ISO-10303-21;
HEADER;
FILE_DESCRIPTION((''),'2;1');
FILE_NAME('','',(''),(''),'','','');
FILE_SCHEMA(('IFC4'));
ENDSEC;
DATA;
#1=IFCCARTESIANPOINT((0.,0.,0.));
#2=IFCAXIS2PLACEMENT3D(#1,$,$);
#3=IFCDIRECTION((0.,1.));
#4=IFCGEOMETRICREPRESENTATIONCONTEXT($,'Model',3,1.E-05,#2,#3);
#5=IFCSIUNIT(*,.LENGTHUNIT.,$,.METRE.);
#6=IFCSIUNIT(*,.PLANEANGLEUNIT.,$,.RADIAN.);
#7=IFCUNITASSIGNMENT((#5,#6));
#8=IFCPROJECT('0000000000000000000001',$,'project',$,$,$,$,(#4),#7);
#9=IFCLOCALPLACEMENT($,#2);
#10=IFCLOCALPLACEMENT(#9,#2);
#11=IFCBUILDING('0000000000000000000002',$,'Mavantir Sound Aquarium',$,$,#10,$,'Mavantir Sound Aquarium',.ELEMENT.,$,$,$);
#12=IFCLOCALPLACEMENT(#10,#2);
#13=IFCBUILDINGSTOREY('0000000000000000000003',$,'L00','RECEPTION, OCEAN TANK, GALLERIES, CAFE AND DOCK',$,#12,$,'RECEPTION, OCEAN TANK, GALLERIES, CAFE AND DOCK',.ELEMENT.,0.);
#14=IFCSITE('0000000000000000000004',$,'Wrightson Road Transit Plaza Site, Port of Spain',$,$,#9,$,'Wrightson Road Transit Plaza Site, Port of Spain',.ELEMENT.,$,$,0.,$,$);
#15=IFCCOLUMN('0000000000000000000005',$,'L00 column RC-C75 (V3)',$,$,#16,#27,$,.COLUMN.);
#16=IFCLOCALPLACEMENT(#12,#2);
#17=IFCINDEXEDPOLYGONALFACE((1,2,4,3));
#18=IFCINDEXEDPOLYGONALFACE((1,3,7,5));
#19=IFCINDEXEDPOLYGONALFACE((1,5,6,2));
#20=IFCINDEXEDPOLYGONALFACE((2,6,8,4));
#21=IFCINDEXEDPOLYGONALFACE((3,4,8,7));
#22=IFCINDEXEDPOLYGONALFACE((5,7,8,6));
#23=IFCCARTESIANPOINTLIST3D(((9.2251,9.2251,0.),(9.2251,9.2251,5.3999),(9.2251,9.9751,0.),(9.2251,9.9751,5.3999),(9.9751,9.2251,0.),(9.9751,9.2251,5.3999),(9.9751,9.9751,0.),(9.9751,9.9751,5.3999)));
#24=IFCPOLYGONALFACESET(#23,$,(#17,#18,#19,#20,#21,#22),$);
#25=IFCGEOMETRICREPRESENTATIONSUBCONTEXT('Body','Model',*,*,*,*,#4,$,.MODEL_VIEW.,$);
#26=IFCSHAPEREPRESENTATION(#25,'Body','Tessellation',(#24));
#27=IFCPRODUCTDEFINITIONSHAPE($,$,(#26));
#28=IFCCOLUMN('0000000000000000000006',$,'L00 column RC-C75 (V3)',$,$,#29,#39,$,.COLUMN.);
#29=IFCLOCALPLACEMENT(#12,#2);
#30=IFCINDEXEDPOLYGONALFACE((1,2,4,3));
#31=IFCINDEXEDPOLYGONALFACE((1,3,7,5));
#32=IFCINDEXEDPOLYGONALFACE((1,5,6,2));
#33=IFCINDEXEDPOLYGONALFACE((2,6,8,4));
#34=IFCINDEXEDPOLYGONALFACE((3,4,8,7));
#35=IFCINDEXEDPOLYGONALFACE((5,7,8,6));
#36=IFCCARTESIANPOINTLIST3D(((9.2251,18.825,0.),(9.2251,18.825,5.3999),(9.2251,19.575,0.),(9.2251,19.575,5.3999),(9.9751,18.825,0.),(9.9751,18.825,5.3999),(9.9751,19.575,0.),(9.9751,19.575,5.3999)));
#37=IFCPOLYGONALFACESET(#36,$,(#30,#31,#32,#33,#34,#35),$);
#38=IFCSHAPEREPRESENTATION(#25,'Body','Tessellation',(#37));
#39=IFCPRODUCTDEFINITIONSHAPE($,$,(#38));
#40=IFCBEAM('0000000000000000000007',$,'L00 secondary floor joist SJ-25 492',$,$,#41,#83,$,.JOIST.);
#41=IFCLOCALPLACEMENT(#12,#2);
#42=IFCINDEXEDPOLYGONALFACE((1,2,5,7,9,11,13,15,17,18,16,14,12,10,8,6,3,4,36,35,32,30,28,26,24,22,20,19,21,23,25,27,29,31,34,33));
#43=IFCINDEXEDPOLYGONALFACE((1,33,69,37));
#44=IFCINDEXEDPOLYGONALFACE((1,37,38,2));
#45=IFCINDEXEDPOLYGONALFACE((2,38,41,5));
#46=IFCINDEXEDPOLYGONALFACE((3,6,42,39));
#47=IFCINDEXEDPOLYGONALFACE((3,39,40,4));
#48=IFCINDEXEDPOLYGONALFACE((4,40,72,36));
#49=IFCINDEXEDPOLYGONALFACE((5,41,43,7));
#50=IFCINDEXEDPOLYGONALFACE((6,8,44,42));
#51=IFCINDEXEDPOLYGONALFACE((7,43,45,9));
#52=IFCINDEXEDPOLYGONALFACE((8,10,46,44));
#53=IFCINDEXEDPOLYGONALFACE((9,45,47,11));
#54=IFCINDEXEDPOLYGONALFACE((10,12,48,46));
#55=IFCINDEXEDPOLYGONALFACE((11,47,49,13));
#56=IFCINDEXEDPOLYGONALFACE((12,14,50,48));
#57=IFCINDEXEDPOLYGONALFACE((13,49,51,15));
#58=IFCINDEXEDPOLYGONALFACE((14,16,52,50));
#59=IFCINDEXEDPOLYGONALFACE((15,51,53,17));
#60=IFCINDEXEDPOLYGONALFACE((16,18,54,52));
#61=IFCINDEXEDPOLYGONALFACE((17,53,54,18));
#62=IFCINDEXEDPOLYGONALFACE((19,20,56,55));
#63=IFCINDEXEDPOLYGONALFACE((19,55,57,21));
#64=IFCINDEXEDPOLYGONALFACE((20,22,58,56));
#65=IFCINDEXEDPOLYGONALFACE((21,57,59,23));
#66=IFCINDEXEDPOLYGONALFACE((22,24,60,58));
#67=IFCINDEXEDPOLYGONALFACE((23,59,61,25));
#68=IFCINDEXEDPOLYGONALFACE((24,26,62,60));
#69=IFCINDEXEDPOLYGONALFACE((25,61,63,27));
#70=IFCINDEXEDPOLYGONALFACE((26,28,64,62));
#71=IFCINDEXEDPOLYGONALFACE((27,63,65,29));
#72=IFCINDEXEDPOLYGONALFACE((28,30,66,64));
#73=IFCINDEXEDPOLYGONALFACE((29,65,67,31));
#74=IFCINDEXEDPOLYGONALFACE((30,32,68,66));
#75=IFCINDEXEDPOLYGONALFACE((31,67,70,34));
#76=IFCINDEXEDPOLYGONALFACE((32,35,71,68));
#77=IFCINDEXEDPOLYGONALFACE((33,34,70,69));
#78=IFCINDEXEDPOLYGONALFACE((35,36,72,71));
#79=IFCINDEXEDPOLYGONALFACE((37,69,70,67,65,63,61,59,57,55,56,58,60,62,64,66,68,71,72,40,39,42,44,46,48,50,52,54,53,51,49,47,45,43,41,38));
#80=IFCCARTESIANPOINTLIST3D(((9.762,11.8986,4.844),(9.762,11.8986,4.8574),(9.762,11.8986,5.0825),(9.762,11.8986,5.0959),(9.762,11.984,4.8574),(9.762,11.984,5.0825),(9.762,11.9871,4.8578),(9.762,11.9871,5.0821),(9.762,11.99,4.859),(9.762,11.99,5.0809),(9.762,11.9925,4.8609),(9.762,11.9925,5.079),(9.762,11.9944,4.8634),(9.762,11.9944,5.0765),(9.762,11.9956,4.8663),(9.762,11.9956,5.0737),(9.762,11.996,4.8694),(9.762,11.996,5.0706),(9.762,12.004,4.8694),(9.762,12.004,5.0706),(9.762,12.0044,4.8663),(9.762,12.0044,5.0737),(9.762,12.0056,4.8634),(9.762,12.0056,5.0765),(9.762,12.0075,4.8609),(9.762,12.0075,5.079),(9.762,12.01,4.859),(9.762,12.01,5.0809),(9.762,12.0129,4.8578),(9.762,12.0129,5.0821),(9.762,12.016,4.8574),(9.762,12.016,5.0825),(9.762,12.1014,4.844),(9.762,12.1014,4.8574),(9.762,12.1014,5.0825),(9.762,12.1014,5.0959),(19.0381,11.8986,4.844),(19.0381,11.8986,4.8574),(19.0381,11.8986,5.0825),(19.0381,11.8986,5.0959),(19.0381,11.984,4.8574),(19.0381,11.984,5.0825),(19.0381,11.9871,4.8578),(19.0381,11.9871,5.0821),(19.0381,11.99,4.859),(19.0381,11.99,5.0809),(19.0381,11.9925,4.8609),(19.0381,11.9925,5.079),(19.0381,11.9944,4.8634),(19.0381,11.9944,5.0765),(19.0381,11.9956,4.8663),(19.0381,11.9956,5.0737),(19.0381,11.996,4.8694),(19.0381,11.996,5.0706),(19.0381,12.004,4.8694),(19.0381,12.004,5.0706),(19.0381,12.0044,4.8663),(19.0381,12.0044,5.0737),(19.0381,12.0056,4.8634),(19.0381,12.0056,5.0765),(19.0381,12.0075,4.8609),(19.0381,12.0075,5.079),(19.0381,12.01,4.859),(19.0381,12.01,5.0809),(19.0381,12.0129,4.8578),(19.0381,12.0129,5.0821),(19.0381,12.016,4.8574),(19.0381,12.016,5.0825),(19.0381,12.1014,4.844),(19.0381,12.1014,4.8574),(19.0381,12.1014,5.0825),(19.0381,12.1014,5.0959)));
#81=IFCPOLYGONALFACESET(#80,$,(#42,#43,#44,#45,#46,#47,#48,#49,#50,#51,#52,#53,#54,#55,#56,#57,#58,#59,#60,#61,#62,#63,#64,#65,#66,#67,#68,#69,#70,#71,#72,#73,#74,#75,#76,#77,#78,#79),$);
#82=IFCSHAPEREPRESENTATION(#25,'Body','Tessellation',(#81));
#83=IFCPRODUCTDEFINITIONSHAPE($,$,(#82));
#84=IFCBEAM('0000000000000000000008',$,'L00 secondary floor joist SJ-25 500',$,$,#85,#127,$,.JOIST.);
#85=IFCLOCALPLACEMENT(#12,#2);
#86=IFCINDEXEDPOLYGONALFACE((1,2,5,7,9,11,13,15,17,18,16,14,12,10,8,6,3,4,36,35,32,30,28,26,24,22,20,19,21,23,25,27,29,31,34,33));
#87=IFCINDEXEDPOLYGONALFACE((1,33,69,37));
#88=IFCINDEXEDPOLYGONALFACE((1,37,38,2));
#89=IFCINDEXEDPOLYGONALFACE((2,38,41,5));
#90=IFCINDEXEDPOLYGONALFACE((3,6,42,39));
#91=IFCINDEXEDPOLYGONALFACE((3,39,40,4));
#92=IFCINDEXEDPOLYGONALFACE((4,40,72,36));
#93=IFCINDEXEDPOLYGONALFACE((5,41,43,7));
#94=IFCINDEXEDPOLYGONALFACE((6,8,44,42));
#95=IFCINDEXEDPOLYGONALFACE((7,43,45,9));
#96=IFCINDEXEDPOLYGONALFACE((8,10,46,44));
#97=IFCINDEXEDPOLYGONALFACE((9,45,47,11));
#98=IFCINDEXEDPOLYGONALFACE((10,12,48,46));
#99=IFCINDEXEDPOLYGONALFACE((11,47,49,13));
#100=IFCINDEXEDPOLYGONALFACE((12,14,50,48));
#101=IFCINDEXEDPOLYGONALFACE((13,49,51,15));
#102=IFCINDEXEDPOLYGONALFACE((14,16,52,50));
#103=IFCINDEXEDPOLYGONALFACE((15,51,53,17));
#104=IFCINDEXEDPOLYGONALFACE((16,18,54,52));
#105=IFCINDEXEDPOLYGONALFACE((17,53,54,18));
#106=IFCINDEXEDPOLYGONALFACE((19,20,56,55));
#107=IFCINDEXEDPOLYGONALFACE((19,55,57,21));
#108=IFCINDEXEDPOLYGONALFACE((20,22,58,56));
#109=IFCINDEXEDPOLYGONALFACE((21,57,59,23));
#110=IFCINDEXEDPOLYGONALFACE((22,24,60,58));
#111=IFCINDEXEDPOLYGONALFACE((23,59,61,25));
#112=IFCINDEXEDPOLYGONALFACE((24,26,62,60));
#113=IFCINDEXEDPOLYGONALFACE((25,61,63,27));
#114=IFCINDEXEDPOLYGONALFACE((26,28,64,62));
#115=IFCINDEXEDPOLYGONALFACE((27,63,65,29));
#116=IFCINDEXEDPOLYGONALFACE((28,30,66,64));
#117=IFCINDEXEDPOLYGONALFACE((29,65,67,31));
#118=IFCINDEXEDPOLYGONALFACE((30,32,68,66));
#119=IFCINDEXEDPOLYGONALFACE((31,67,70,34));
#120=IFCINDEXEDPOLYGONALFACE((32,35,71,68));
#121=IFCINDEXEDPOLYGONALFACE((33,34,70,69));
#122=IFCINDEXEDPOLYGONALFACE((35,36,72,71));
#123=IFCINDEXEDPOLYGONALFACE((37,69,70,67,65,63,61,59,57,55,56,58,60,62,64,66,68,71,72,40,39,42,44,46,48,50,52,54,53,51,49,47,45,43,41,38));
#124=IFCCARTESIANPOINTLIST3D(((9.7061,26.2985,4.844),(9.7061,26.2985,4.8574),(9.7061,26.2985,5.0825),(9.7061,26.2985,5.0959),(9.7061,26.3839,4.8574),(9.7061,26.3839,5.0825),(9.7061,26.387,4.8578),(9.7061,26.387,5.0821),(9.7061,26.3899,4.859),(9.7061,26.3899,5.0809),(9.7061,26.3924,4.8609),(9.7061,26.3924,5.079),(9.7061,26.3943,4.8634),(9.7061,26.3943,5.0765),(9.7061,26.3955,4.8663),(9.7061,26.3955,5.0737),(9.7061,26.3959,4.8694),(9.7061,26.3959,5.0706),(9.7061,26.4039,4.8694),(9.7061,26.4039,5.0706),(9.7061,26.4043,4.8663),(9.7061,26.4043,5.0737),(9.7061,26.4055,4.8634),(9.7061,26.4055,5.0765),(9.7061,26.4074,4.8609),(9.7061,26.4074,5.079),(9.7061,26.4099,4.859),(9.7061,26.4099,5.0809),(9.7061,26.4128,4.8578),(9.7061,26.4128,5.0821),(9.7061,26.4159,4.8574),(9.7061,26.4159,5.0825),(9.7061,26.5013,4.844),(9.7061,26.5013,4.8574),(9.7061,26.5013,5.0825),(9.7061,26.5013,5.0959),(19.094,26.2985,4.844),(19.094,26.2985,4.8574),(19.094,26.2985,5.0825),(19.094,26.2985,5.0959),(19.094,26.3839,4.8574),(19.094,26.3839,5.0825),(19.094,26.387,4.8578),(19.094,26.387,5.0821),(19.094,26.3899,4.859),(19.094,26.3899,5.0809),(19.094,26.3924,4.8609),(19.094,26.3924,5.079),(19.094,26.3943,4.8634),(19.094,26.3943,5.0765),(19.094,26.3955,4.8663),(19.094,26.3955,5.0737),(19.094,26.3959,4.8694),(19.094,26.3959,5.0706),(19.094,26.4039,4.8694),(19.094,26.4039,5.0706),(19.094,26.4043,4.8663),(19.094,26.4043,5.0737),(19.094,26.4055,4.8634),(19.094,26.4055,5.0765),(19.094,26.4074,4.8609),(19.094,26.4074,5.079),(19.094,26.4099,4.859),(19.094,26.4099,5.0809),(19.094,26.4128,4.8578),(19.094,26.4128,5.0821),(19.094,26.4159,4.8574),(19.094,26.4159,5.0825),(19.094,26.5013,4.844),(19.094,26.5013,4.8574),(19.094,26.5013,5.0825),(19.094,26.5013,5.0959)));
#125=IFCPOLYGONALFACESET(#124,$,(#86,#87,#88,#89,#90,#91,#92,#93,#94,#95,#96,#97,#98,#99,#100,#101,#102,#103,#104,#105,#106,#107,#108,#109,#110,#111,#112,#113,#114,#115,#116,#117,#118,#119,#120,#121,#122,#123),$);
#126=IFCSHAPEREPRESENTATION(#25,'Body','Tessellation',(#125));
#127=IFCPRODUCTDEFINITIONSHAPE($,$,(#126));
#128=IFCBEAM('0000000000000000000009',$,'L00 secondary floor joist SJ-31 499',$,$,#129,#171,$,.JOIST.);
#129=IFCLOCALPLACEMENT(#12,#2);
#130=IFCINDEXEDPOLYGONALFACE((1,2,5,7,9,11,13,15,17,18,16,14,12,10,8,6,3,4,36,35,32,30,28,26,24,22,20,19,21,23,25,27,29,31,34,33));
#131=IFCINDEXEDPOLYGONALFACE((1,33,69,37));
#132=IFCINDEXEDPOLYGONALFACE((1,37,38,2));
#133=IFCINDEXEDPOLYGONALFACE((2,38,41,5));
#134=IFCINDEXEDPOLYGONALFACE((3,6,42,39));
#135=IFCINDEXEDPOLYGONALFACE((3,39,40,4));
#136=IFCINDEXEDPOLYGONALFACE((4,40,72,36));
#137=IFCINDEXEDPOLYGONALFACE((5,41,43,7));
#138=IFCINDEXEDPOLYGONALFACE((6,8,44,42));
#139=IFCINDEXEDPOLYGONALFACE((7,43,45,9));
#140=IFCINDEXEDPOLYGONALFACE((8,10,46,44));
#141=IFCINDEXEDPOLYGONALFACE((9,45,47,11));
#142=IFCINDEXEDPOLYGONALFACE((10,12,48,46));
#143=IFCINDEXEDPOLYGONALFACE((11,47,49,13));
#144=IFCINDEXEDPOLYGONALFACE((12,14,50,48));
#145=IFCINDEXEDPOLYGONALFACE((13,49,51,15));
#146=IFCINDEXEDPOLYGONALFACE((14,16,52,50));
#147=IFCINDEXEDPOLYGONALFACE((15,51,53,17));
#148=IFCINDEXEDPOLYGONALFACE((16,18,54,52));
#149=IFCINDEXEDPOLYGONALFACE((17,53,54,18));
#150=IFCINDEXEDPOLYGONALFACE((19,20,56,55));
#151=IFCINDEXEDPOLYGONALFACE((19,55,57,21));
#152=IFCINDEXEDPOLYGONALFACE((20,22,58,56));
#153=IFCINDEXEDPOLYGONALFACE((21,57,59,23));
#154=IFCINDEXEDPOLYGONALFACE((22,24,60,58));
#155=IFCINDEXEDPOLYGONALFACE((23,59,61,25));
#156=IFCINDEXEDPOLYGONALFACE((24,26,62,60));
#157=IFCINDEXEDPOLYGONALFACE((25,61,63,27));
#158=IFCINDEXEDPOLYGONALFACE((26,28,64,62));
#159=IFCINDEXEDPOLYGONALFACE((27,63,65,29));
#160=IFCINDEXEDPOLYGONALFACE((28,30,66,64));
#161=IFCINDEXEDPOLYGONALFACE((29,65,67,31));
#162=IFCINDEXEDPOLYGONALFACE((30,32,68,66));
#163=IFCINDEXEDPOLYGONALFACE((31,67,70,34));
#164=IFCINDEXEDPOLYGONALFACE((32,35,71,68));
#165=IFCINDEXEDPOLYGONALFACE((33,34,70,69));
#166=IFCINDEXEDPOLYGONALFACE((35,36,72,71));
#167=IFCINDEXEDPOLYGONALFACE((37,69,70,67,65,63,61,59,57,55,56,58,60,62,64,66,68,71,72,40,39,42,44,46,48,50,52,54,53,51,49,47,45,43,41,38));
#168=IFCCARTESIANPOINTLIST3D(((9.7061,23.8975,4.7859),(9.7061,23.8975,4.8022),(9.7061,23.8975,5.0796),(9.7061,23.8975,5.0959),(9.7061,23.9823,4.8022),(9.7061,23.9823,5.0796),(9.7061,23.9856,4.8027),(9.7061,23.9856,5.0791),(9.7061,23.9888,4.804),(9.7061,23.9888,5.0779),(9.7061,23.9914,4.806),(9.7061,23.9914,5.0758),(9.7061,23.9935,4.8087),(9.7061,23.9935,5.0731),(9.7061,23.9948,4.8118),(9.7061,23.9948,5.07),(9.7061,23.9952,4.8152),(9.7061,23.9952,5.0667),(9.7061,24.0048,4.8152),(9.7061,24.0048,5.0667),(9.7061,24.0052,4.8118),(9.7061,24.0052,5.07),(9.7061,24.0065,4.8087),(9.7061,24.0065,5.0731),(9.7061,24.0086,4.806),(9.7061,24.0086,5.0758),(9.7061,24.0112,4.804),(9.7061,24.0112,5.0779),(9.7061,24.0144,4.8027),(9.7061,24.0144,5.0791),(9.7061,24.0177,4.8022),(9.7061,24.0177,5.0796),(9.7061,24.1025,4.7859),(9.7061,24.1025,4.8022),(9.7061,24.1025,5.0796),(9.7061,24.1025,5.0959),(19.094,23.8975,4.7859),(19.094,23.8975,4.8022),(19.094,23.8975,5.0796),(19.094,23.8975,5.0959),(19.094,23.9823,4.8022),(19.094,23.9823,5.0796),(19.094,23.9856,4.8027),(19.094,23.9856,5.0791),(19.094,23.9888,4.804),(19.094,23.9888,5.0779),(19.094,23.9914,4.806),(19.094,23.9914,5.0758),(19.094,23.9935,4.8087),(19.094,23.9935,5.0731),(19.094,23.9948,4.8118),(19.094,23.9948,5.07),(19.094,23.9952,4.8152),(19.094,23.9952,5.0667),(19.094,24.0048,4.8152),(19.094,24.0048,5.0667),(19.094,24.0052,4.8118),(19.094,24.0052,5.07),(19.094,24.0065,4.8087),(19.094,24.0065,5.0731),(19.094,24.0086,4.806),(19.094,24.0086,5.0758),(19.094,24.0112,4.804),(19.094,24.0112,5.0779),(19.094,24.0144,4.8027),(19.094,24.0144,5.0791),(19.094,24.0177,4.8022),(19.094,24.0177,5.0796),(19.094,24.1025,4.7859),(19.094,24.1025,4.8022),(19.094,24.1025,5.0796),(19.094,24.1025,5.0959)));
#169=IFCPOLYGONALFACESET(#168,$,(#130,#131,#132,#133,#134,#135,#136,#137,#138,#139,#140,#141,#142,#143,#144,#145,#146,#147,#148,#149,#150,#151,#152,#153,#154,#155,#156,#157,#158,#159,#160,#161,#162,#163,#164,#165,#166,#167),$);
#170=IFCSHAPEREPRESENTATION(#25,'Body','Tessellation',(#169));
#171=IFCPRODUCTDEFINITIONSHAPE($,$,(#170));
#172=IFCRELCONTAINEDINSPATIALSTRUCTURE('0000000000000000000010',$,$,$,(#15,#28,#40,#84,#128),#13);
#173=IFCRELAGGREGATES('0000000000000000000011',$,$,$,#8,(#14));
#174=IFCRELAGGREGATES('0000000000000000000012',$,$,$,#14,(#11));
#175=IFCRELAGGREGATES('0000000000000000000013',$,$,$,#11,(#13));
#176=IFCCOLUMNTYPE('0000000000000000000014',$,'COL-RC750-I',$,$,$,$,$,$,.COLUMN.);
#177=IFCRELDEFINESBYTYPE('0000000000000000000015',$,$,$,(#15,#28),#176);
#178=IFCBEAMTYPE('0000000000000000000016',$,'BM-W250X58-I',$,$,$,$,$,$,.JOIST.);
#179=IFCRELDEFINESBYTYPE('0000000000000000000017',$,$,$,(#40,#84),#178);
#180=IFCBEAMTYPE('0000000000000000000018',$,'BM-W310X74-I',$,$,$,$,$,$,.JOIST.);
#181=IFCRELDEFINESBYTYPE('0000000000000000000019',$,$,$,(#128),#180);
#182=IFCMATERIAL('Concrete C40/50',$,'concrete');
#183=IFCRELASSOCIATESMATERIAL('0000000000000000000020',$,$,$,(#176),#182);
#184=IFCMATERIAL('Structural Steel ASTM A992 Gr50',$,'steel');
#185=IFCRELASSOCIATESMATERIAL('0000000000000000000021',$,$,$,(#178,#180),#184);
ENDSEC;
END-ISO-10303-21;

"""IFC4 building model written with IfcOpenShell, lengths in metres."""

from ifc_helpers import new_model, si_unit, direction, frame, origin, origin_2d, place, context, subcontext, project, spatial, rectangle, i_section, extrude, material, material_profile, profile_set, type_object, element, save


model = new_model("IFC4")

# Units and contexts
model_context = context("Model", 3, precision=1e-05, world=origin(), true_north=direction((0.0, 1.0)))
body_context = subcontext(model_context, "Body", "Model", "MODEL_VIEW")
ifc_project = project(units=[si_unit("LENGTHUNIT", "METRE"), si_unit("PLANEANGLEUNIT", "RADIAN")], contexts=[model_context])

# Site, building, storey
site_placement = place(None, origin())
site = spatial("IfcSite", under=ifc_project, at=site_placement, Name="Wrightson Road Transit Plaza Site, Port of Spain", LongName="Wrightson Road Transit Plaza Site, Port of Spain", CompositionType="ELEMENT", RefElevation=0.0)
building_placement = place(site_placement, origin())
building = spatial("IfcBuilding", under=site, at=building_placement, Name="Mavantir Sound Aquarium", LongName="Mavantir Sound Aquarium", CompositionType="ELEMENT")
storey_placement = place(building_placement, origin())
storey = spatial("IfcBuildingStorey", under=building, at=storey_placement, Name="L00", Description="RECEPTION, OCEAN TANK, GALLERIES, CAFE AND DOCK", LongName="RECEPTION, OCEAN TANK, GALLERIES, CAFE AND DOCK", CompositionType="ELEMENT", Elevation=0.0)

# Columns
ifc_material_1 = material(Name="Concrete C40/50", Category="concrete")
ifc_material_profile_1 = material_profile(ifc_material_1, rectangle(XDim=0.75, YDim=0.75, at=origin_2d()), Name="RC 750X750")
ifc_profile_set_1 = profile_set([ifc_material_profile_1], Name="Concrete C40/50")
column_type = type_object("IfcColumnType", Name="COL-RC750-I", PredefinedType="COLUMN", material=ifc_profile_set_1)
for number, where, z_axis, x_axis, name in (
    (1, (9.6001, 9.6001, 0.0), (0.0, 0.0, 1.0), (1.0, 0.0, 0.0), "L00 column RC-C75 (V3)"),
    (2, (9.6001, 19.2, 0.0), (0.0, 0.0, 1.0), (1.0, 0.0, 0.0), "L00 column RC-C75 (V3)"),
):
    element("IfcColumn", number, at=place(storey_placement, frame(where, z_axis=z_axis, x_axis=x_axis)), inside=storey, type_object=column_type, Name=name, PredefinedType="COLUMN", context=body_context, shape_type="SweptSolid", body=[
        extrude(rectangle(XDim=0.75, YDim=0.75, at=origin_2d()), origin(), (0.0, 0.0, 1.0), 5.3999),
    ])

# Beams
ifc_material_2 = material(Name="Structural Steel ASTM A992 Gr50", Category="steel")
ifc_material_profile_2 = material_profile(ifc_material_2, i_section(OverallWidth=0.2029, OverallDepth=0.252, WebThickness=0.0081, FlangeThickness=0.0134, FilletRadius=0.012, at=origin_2d()), Name="W250X58")
ifc_profile_set_2 = profile_set([ifc_material_profile_2], Name="Structural Steel ASTM A992 Gr50")
beam_type_1 = type_object("IfcBeamType", Name="BM-W250X58-I", PredefinedType="JOIST", material=ifc_profile_set_2)
beam_1_placement = place(storey_placement, frame((9.762, 12.0, 4.97), z_axis=(1.0, 0.0, 0.0), x_axis=(0.0, 1.0, 0.0)))
element("IfcBeam", 3, at=beam_1_placement, inside=storey, type_object=beam_type_1, Name="L00 secondary floor joist SJ-25 492", PredefinedType="JOIST", context=body_context, shape_type="SweptSolid", body=[
    extrude(i_section(OverallWidth=0.2029, OverallDepth=0.252, WebThickness=0.0081, FlangeThickness=0.0134, FilletRadius=0.012, at=origin_2d()), origin(), (0.0, 0.0, 1.0), 9.2761),
])
beam_2_placement = place(storey_placement, frame((9.7061, 26.3999, 4.97), z_axis=(1.0, 0.0, 0.0), x_axis=(0.0, 1.0, 0.0)))
element("IfcBeam", 4, at=beam_2_placement, inside=storey, type_object=beam_type_1, Name="L00 secondary floor joist SJ-25 500", PredefinedType="JOIST", context=body_context, shape_type="SweptSolid", body=[
    extrude(i_section(OverallWidth=0.2029, OverallDepth=0.252, WebThickness=0.0081, FlangeThickness=0.0134, FilletRadius=0.012, at=origin_2d()), origin(), (0.0, 0.0, 1.0), 9.3879),
])
ifc_material_profile_3 = material_profile(ifc_material_2, i_section(OverallWidth=0.2051, OverallDepth=0.3101, WebThickness=0.0095, FlangeThickness=0.0164, FilletRadius=0.0129, at=origin_2d()), Name="W310X74")
ifc_profile_set_3 = profile_set([ifc_material_profile_3], Name="Structural Steel ASTM A992 Gr50")
beam_type_2 = type_object("IfcBeamType", Name="BM-W310X74-I", PredefinedType="JOIST", material=ifc_profile_set_3)
beam_3_placement = place(storey_placement, frame((9.7061, 24.0, 4.9409), z_axis=(1.0, 0.0, 0.0), x_axis=(0.0, 1.0, 0.0)))
element("IfcBeam", 5, at=beam_3_placement, inside=storey, type_object=beam_type_2, Name="L00 secondary floor joist SJ-31 499", PredefinedType="JOIST", context=body_context, shape_type="SweptSolid", body=[
    extrude(i_section(OverallWidth=0.2051, OverallDepth=0.3101, WebThickness=0.0095, FlangeThickness=0.0164, FilletRadius=0.0129, at=origin_2d()), origin(), (0.0, 0.0, 1.0), 9.3879),
])

save(model, "model.ifc")
